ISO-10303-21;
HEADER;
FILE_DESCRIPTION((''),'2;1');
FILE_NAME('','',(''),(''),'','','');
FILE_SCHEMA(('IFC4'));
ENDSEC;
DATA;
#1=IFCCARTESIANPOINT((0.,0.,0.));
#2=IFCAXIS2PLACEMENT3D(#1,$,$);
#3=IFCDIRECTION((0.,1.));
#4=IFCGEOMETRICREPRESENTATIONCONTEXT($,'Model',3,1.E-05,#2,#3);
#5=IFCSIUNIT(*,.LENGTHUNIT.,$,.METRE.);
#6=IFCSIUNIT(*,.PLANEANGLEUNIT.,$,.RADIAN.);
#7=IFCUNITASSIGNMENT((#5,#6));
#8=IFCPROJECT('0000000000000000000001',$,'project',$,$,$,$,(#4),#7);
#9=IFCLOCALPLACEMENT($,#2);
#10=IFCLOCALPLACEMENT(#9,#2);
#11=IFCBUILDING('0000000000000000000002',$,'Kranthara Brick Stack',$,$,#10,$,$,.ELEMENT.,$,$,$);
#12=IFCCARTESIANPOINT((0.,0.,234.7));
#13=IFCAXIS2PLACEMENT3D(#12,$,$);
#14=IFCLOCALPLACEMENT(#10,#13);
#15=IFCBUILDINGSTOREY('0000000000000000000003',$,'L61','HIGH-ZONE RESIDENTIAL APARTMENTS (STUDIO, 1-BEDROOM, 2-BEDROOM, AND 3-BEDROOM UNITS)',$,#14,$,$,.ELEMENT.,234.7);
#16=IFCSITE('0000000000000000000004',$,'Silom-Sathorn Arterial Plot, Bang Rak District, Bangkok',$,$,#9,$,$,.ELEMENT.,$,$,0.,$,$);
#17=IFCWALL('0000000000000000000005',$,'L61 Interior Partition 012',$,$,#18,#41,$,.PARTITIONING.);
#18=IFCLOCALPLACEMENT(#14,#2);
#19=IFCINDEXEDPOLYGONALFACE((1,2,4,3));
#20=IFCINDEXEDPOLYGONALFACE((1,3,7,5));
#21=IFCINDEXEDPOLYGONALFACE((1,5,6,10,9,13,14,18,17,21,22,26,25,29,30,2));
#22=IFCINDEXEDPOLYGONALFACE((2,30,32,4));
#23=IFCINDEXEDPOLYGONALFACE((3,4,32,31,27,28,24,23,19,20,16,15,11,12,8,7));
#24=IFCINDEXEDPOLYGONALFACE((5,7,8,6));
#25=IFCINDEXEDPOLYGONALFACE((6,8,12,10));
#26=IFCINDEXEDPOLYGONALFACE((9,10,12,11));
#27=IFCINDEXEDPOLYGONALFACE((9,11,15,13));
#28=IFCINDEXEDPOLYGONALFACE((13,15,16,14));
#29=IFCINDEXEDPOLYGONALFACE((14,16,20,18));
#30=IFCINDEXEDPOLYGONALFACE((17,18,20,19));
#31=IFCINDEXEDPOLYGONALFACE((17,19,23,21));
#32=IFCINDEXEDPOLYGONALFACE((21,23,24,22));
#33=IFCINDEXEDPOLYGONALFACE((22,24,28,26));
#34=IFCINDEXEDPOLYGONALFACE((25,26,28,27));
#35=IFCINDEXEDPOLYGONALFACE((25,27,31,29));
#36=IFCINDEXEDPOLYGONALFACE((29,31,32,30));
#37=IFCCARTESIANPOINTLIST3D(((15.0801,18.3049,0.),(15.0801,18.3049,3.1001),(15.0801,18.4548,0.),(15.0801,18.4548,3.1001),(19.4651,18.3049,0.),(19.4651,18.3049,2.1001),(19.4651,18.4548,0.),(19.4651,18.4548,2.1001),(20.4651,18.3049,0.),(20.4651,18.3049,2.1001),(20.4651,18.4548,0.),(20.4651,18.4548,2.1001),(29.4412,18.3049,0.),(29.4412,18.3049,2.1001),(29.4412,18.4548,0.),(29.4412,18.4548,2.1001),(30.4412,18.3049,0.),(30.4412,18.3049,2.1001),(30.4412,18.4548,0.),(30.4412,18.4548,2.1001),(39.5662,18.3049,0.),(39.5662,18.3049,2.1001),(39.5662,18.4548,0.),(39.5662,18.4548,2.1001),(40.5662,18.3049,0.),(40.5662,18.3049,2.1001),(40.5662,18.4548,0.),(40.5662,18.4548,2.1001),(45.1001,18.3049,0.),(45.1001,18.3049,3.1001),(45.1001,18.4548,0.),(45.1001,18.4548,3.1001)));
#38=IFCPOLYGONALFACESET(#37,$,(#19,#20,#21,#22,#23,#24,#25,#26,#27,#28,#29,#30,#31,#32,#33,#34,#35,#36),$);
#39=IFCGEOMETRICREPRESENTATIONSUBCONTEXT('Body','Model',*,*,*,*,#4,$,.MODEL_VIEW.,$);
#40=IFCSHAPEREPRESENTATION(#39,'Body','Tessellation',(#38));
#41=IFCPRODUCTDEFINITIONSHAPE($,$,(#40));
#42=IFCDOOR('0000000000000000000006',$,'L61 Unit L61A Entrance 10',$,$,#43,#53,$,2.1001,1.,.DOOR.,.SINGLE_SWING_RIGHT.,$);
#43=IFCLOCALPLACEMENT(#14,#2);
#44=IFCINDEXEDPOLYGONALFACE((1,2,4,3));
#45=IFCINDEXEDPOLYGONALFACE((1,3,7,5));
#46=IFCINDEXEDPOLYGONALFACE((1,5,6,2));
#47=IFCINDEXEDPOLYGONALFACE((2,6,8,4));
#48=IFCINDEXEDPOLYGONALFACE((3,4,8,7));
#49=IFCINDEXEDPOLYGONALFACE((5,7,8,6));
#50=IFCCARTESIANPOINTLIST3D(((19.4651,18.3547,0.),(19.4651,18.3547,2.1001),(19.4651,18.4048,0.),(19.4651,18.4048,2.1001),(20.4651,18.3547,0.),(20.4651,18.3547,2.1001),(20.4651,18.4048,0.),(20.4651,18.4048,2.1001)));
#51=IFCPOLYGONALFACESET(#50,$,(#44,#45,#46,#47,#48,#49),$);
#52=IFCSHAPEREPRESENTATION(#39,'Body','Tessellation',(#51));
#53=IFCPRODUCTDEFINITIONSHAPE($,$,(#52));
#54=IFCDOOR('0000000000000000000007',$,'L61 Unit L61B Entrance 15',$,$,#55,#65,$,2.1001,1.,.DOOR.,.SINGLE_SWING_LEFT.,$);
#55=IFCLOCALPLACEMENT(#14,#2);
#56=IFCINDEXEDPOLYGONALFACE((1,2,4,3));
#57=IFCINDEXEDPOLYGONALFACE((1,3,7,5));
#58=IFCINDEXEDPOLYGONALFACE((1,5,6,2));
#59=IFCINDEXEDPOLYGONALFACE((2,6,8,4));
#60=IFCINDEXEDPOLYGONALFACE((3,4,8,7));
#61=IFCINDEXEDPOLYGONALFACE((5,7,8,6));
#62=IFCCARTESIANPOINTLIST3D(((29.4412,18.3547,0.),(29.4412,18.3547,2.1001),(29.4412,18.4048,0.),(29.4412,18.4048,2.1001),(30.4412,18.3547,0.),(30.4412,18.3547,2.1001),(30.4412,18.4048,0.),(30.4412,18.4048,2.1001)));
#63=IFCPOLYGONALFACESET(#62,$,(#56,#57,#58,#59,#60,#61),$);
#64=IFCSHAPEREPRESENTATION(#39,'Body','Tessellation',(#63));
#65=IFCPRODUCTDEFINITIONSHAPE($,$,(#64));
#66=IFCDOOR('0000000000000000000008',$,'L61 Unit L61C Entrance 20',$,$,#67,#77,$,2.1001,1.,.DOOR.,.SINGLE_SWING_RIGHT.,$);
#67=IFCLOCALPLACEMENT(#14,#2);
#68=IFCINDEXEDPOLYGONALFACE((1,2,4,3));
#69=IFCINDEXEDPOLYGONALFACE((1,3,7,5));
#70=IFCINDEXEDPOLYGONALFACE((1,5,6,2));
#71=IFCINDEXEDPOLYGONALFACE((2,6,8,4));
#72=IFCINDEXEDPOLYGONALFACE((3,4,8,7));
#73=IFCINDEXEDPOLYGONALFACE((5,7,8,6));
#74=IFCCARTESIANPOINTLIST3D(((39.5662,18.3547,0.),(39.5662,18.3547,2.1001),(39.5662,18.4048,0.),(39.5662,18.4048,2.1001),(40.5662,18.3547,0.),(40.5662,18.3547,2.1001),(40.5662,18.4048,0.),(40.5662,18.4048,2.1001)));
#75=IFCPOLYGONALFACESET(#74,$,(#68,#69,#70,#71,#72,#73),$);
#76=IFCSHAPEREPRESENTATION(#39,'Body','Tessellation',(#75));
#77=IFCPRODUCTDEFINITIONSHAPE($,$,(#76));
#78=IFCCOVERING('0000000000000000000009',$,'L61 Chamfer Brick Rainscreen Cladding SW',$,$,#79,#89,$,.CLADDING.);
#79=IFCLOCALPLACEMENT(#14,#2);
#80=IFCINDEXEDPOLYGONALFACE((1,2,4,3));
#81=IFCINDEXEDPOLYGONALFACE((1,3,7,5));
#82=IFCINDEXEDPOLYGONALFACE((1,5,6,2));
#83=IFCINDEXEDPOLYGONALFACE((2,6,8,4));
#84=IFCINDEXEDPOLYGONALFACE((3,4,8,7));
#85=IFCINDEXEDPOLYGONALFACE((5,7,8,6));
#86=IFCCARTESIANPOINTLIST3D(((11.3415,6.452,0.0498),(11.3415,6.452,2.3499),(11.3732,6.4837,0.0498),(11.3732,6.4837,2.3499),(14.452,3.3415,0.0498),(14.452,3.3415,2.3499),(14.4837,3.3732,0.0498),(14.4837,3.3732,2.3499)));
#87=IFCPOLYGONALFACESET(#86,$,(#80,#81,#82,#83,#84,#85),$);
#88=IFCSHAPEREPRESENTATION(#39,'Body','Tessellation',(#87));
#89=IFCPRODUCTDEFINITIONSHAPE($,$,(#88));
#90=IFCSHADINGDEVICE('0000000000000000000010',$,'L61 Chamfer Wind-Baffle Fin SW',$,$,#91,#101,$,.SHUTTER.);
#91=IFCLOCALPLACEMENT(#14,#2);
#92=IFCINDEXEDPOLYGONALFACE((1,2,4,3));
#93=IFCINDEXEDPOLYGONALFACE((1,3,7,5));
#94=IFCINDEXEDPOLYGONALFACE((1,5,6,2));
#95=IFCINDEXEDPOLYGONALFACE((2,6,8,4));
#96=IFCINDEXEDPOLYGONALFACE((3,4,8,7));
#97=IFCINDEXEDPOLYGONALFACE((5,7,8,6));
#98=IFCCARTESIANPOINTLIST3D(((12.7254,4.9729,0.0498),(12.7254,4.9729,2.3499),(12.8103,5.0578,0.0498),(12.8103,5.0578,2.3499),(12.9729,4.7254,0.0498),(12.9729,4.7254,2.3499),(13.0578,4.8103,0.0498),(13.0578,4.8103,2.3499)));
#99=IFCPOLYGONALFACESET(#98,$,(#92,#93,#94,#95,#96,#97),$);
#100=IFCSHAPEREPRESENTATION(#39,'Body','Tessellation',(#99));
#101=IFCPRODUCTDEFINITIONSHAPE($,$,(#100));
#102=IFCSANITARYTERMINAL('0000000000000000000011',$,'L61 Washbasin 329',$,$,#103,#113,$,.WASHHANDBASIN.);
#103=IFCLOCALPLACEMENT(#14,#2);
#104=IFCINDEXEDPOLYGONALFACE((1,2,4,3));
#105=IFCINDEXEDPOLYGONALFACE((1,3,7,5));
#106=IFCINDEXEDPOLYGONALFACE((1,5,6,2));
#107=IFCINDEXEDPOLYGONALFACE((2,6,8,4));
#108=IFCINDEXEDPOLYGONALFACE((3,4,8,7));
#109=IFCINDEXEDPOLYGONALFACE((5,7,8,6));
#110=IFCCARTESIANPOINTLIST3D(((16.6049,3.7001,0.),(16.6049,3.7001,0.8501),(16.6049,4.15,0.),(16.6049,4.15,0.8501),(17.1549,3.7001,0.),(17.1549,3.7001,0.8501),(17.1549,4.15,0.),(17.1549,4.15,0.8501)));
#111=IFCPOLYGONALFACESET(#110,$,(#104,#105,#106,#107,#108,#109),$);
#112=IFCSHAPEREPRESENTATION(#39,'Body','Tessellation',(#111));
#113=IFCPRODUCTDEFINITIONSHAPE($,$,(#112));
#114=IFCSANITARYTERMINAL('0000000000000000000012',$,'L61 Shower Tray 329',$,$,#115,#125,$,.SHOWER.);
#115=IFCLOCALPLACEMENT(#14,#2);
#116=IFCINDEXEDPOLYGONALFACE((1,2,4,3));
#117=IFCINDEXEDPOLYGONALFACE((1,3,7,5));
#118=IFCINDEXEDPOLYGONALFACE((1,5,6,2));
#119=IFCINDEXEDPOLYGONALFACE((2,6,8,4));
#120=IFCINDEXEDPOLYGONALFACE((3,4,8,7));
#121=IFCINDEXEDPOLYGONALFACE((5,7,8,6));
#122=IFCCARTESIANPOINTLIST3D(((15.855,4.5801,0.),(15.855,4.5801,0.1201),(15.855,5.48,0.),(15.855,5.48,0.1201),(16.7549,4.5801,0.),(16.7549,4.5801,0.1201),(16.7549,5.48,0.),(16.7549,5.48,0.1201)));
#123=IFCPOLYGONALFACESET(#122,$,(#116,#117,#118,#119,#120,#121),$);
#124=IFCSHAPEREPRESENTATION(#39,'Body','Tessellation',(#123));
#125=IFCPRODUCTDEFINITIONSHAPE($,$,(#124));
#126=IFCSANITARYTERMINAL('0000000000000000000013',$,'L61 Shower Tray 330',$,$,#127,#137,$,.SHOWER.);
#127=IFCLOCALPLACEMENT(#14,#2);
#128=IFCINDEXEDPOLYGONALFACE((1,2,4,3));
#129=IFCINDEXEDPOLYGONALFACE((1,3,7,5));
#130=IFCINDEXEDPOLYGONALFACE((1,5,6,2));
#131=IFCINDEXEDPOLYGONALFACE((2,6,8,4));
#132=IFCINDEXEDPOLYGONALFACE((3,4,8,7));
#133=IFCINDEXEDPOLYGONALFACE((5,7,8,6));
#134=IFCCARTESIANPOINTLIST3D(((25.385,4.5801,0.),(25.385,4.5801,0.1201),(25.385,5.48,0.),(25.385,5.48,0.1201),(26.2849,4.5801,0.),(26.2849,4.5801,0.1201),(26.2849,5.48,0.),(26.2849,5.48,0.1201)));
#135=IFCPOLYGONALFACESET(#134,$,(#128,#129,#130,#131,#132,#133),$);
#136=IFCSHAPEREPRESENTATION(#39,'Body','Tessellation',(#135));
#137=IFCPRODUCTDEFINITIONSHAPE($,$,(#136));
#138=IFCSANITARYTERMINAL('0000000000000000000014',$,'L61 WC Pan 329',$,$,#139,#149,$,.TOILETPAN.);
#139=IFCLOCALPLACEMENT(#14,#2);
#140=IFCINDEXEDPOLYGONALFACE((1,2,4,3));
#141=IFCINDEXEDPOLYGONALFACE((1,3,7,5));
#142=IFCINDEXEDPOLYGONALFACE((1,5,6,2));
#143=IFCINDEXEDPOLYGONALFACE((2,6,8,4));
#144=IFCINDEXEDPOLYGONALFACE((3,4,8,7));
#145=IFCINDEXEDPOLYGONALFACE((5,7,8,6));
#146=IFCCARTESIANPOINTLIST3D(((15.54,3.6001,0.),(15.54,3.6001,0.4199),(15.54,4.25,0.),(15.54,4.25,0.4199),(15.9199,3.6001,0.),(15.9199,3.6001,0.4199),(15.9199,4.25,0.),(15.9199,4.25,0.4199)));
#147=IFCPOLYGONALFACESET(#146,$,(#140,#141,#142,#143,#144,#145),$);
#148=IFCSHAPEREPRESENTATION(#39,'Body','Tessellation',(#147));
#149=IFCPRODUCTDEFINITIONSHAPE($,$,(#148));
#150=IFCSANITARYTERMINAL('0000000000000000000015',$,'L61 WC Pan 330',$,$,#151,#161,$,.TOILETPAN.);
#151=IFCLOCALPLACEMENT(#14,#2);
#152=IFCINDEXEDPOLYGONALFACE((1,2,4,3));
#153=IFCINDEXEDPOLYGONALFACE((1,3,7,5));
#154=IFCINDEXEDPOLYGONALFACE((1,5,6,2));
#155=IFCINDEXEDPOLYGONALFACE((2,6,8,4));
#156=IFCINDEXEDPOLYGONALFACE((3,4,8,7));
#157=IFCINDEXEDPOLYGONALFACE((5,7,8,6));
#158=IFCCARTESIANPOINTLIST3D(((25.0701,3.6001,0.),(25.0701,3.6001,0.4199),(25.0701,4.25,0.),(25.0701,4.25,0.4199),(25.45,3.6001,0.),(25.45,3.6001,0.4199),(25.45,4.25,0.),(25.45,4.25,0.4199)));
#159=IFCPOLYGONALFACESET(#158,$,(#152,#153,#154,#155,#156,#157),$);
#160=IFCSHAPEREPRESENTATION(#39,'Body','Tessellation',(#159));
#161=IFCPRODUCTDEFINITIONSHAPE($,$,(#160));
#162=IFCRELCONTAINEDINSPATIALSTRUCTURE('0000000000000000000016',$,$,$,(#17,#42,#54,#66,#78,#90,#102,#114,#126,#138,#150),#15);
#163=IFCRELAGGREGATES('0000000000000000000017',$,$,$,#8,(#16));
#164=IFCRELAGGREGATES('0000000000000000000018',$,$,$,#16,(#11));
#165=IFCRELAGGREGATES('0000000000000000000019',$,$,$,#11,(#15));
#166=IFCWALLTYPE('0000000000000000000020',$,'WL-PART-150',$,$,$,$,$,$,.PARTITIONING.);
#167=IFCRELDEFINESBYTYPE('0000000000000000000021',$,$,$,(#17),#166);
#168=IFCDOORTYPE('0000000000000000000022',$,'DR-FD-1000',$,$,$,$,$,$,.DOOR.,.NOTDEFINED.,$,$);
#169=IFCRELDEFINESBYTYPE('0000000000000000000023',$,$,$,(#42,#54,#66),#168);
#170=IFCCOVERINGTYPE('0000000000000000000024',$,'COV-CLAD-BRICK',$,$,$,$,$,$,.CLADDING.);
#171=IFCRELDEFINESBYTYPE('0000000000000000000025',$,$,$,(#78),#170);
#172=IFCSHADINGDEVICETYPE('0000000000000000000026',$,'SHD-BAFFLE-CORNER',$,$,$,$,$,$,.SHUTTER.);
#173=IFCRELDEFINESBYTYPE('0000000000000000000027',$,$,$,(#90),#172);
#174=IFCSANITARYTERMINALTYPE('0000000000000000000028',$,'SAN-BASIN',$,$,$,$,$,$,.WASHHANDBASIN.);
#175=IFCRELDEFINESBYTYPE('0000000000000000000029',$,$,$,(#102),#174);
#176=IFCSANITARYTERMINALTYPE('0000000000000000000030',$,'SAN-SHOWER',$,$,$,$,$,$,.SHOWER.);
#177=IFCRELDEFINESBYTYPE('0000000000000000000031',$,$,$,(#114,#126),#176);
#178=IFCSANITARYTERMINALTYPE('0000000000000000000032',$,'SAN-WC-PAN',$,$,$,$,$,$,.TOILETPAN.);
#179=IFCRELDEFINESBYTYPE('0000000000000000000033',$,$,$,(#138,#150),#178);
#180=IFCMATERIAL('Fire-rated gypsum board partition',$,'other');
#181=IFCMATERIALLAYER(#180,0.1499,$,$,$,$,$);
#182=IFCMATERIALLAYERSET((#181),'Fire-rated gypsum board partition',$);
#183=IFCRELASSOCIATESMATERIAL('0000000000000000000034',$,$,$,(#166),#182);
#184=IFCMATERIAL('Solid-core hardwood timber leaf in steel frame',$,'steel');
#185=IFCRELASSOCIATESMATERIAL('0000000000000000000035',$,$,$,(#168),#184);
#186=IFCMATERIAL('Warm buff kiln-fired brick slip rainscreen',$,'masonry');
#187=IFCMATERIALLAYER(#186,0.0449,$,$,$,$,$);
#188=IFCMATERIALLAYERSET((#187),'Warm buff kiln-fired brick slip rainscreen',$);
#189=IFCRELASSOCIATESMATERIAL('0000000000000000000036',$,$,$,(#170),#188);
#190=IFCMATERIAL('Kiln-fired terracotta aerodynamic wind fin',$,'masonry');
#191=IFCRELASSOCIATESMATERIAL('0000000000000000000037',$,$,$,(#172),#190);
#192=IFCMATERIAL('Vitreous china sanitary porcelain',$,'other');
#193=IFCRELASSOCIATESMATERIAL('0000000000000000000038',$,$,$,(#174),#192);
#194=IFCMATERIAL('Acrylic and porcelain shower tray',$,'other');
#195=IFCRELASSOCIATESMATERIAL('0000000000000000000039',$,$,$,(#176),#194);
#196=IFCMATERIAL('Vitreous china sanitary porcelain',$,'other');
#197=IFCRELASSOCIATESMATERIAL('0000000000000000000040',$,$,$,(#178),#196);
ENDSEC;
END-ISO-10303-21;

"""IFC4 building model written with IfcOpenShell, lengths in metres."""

from ifc_helpers import new_model, si_unit, direction, frame, frame_2d, origin, origin_2d, place, context, subcontext, project, spatial, rectangle, extrude, material, layer, layer_set, type_object, element, fill, save


model = new_model("IFC4")

# Units and contexts
model_context = context("Model", 3, precision=1e-05, world=origin(), true_north=direction((0.0, 1.0)))
body_context = subcontext(model_context, "Body", "Model", "MODEL_VIEW")
ifc_project = project(units=[si_unit("LENGTHUNIT", "METRE"), si_unit("PLANEANGLEUNIT", "RADIAN")], contexts=[model_context])

# Site, building, storey
site_placement = place(None, origin())
site = spatial("IfcSite", under=ifc_project, at=site_placement, Name="Silom-Sathorn Arterial Plot, Bang Rak District, Bangkok", CompositionType="ELEMENT", RefElevation=0.0)
building_placement = place(site_placement, origin())
building = spatial("IfcBuilding", under=site, at=building_placement, Name="Kranthara Brick Stack", CompositionType="ELEMENT")
storey_placement = place(building_placement, frame((0.0, 0.0, 234.7)))
storey = spatial("IfcBuildingStorey", under=building, at=storey_placement, Name="L61", Description="HIGH-ZONE RESIDENTIAL APARTMENTS (STUDIO, 1-BEDROOM, 2-BEDROOM, AND 3-BEDROOM UNITS)", CompositionType="ELEMENT", Elevation=234.7)

# Wall, openings, doors
ifc_material_1 = material(Name="Fire-rated gypsum board partition", Category="other")
ifc_layer_1 = layer(ifc_material_1, 0.1499)
ifc_layer_set_1 = layer_set([ifc_layer_1], Name="Fire-rated gypsum board partition")
wall_type_1 = type_object("IfcWallType", Name="WL-PART-150", PredefinedType="PARTITIONING", material=ifc_layer_set_1)
wall_1_placement = place(storey_placement, frame((15.0801, 18.3799, 0.0), z_axis=(0.0, 0.0, 1.0), x_axis=(1.0, 0.0, 0.0)))
wall_1 = element("IfcWall", 1, at=wall_1_placement, inside=storey, type_object=wall_type_1, Name="L61 Interior Partition 012", PredefinedType="PARTITIONING", context=body_context, shape_type="SweptSolid", body=[
    extrude(rectangle(XDim=30.02, YDim=0.1499, at=frame_2d((15.01, 0.0))), origin(), (0.0, 0.0, 1.0), 3.1001),
])
opening_1_placement = place(wall_1_placement, frame((4.385, 0.0, 0.0)))
opening_1 = element("IfcOpeningElement", 2, at=opening_1_placement, cuts=wall_1, PredefinedType="OPENING", context=body_context, shape_type="SweptSolid", body=[
    extrude(rectangle(XDim=1.0, YDim=2.1001, at=frame_2d((0.5, 1.05))), frame((0.0, 0.085, 0.0), z_axis=(0.0, -1.0, 0.0), x_axis=(1.0, 0.0, 0.0)), (0.0, 0.0, 1.0), 0.1699),
])
opening_2_placement = place(wall_1_placement, frame((14.3611, 0.0, 0.0)))
opening_2 = element("IfcOpeningElement", 3, at=opening_2_placement, cuts=wall_1, PredefinedType="OPENING", context=body_context, shape_type="SweptSolid", body=[
    extrude(rectangle(XDim=1.0, YDim=2.1001, at=frame_2d((0.5, 1.05))), frame((0.0, 0.085, 0.0), z_axis=(0.0, -1.0, 0.0), x_axis=(1.0, 0.0, 0.0)), (0.0, 0.0, 1.0), 0.1699),
])
opening_3_placement = place(wall_1_placement, frame((24.4861, 0.0, 0.0)))
opening_3 = element("IfcOpeningElement", 4, at=opening_3_placement, cuts=wall_1, PredefinedType="OPENING", context=body_context, shape_type="SweptSolid", body=[
    extrude(rectangle(XDim=1.0, YDim=2.1001, at=frame_2d((0.5, 1.05))), frame((0.0, 0.085, 0.0), z_axis=(0.0, -1.0, 0.0), x_axis=(1.0, 0.0, 0.0)), (0.0, 0.0, 1.0), 0.1699),
])
ifc_material_2 = material(Name="Solid-core hardwood timber leaf in steel frame", Category="steel")
door_type_1 = type_object("IfcDoorType", Name="DR-FD-1000", OperationType="NOTDEFINED", PredefinedType="DOOR", material=ifc_material_2)
door_1_placement = place(opening_1_placement, origin())
door_1 = element("IfcDoor", 5, at=door_1_placement, inside=storey, type_object=door_type_1, Name="L61 Unit L61A Entrance 10", OperationType="SINGLE_SWING_RIGHT", OverallHeight=2.1001, OverallWidth=1.0, PredefinedType="DOOR", context=body_context, shape_type="SweptSolid", body=[
    extrude(rectangle(XDim=1.0, YDim=2.1001, at=frame_2d((0.5, 1.05))), frame((0.0, 0.0249, 0.0), z_axis=(0.0, -1.0, 0.0), x_axis=(1.0, 0.0, 0.0)), (0.0, 0.0, 1.0), 0.05),
])
fill(opening_1, door_1)
door_2_placement = place(opening_2_placement, origin())
door_2 = element("IfcDoor", 6, at=door_2_placement, inside=storey, type_object=door_type_1, Name="L61 Unit L61B Entrance 15", OperationType="SINGLE_SWING_LEFT", OverallHeight=2.1001, OverallWidth=1.0, PredefinedType="DOOR", context=body_context, shape_type="SweptSolid", body=[
    extrude(rectangle(XDim=1.0, YDim=2.1001, at=frame_2d((0.5, 1.05))), frame((0.0, 0.0249, 0.0), z_axis=(0.0, -1.0, 0.0), x_axis=(1.0, 0.0, 0.0)), (0.0, 0.0, 1.0), 0.05),
])
fill(opening_2, door_2)
door_3_placement = place(opening_3_placement, origin())
door_3 = element("IfcDoor", 7, at=door_3_placement, inside=storey, type_object=door_type_1, Name="L61 Unit L61C Entrance 20", OperationType="SINGLE_SWING_RIGHT", OverallHeight=2.1001, OverallWidth=1.0, PredefinedType="DOOR", context=body_context, shape_type="SweptSolid", body=[
    extrude(rectangle(XDim=1.0, YDim=2.1001, at=frame_2d((0.5, 1.05))), frame((0.0, 0.0249, 0.0), z_axis=(0.0, -1.0, 0.0), x_axis=(1.0, 0.0, 0.0)), (0.0, 0.0, 1.0), 0.05),
])
fill(opening_3, door_3)

# Covering
ifc_material_3 = material(Name="Warm buff kiln-fired brick slip rainscreen", Category="masonry")
ifc_layer_2 = layer(ifc_material_3, 0.0449)
ifc_layer_set_2 = layer_set([ifc_layer_2], Name="Warm buff kiln-fired brick slip rainscreen")
covering_type = type_object("IfcCoveringType", Name="COV-CLAD-BRICK", PredefinedType="CLADDING", material=ifc_layer_set_2)
covering_placement = place(storey_placement, frame((12.9126, 4.9126, 0.0498), z_axis=(0.0, 0.0, 1.0), x_axis=(-0.707107, 0.707107, 0.0)))
element("IfcCovering", 8, at=covering_placement, inside=storey, type_object=covering_type, Name="L61 Chamfer Brick Rainscreen Cladding SW", PredefinedType="CLADDING", context=body_context, shape_type="SweptSolid", body=[
    extrude(rectangle(XDim=4.3989, YDim=0.0449, at=origin_2d()), origin(), (0.0, 0.0, 1.0), 2.3),
])

# Shading device
ifc_material_4 = material(Name="Kiln-fired terracotta aerodynamic wind fin", Category="masonry")
shading_device_type = type_object("IfcShadingDeviceType", Name="SHD-BAFFLE-CORNER", PredefinedType="SHUTTER", material=ifc_material_4)
shading_device_placement = place(storey_placement, frame((12.8916, 4.8916, 0.0498), z_axis=(0.0, 0.0, 1.0), x_axis=(-0.707107, 0.707107, 0.0)))
element("IfcShadingDevice", 9, at=shading_device_placement, inside=storey, type_object=shading_device_type, Name="L61 Chamfer Wind-Baffle Fin SW", PredefinedType="SHUTTER", context=body_context, shape_type="SweptSolid", body=[
    extrude(rectangle(XDim=0.3501, YDim=0.1201, at=origin_2d()), origin(), (0.0, 0.0, 1.0), 2.3),
])

# Sanitary terminals
ifc_material_5 = material(Name="Vitreous china sanitary porcelain", Category="other")
sanitary_terminal_type_1 = type_object("IfcSanitaryTerminalType", Name="SAN-BASIN", PredefinedType="WASHHANDBASIN", material=ifc_material_5)
sanitary_terminal_placement = place(storey_placement, frame((16.8799, 3.925, 0.0), z_axis=(0.0, 0.0, 1.0), x_axis=(1.0, 0.0, 0.0)))
element("IfcSanitaryTerminal", 10, at=sanitary_terminal_placement, inside=storey, type_object=sanitary_terminal_type_1, Name="L61 Washbasin 329", PredefinedType="WASHHANDBASIN", context=body_context, shape_type="SweptSolid", body=[
    extrude(rectangle(XDim=0.55, YDim=0.45, at=origin_2d()), origin(), (0.0, 0.0, 1.0), 0.8501),
])
ifc_material_6 = material(Name="Acrylic and porcelain shower tray", Category="other")
sanitary_terminal_type_2 = type_object("IfcSanitaryTerminalType", Name="SAN-SHOWER", PredefinedType="SHOWER", material=ifc_material_6)
for number, where, z_axis, x_axis, name in (
    (11, (16.3049, 5.03, 0.0), (0.0, 0.0, 1.0), (1.0, 0.0, 0.0), "L61 Shower Tray 329"),
    (12, (25.835, 5.03, 0.0), (0.0, 0.0, 1.0), (1.0, 0.0, 0.0), "L61 Shower Tray 330"),
):
    element("IfcSanitaryTerminal", number, at=place(storey_placement, frame(where, z_axis=z_axis, x_axis=x_axis)), inside=storey, type_object=sanitary_terminal_type_2, Name=name, PredefinedType="SHOWER", context=body_context, shape_type="SweptSolid", body=[
        extrude(rectangle(XDim=0.8999, YDim=0.8999, at=origin_2d()), origin(), (0.0, 0.0, 1.0), 0.1201),
    ])
ifc_material_7 = material(Name="Vitreous china sanitary porcelain", Category="other")
sanitary_terminal_type_3 = type_object("IfcSanitaryTerminalType", Name="SAN-WC-PAN", PredefinedType="TOILETPAN", material=ifc_material_7)
for number, where, z_axis, x_axis, name in (
    (13, (15.73, 3.925, 0.0), (0.0, 0.0, 1.0), (1.0, 0.0, 0.0), "L61 WC Pan 329"),
    (14, (25.26, 3.925, 0.0), (0.0, 0.0, 1.0), (1.0, 0.0, 0.0), "L61 WC Pan 330"),
):
    element("IfcSanitaryTerminal", number, at=place(storey_placement, frame(where, z_axis=z_axis, x_axis=x_axis)), inside=storey, type_object=sanitary_terminal_type_3, Name=name, PredefinedType="TOILETPAN", context=body_context, shape_type="SweptSolid", body=[
        extrude(rectangle(XDim=0.3799, YDim=0.6499, at=origin_2d()), origin(), (0.0, 0.0, 1.0), 0.4199),
    ])

save(model, "model.ifc")
